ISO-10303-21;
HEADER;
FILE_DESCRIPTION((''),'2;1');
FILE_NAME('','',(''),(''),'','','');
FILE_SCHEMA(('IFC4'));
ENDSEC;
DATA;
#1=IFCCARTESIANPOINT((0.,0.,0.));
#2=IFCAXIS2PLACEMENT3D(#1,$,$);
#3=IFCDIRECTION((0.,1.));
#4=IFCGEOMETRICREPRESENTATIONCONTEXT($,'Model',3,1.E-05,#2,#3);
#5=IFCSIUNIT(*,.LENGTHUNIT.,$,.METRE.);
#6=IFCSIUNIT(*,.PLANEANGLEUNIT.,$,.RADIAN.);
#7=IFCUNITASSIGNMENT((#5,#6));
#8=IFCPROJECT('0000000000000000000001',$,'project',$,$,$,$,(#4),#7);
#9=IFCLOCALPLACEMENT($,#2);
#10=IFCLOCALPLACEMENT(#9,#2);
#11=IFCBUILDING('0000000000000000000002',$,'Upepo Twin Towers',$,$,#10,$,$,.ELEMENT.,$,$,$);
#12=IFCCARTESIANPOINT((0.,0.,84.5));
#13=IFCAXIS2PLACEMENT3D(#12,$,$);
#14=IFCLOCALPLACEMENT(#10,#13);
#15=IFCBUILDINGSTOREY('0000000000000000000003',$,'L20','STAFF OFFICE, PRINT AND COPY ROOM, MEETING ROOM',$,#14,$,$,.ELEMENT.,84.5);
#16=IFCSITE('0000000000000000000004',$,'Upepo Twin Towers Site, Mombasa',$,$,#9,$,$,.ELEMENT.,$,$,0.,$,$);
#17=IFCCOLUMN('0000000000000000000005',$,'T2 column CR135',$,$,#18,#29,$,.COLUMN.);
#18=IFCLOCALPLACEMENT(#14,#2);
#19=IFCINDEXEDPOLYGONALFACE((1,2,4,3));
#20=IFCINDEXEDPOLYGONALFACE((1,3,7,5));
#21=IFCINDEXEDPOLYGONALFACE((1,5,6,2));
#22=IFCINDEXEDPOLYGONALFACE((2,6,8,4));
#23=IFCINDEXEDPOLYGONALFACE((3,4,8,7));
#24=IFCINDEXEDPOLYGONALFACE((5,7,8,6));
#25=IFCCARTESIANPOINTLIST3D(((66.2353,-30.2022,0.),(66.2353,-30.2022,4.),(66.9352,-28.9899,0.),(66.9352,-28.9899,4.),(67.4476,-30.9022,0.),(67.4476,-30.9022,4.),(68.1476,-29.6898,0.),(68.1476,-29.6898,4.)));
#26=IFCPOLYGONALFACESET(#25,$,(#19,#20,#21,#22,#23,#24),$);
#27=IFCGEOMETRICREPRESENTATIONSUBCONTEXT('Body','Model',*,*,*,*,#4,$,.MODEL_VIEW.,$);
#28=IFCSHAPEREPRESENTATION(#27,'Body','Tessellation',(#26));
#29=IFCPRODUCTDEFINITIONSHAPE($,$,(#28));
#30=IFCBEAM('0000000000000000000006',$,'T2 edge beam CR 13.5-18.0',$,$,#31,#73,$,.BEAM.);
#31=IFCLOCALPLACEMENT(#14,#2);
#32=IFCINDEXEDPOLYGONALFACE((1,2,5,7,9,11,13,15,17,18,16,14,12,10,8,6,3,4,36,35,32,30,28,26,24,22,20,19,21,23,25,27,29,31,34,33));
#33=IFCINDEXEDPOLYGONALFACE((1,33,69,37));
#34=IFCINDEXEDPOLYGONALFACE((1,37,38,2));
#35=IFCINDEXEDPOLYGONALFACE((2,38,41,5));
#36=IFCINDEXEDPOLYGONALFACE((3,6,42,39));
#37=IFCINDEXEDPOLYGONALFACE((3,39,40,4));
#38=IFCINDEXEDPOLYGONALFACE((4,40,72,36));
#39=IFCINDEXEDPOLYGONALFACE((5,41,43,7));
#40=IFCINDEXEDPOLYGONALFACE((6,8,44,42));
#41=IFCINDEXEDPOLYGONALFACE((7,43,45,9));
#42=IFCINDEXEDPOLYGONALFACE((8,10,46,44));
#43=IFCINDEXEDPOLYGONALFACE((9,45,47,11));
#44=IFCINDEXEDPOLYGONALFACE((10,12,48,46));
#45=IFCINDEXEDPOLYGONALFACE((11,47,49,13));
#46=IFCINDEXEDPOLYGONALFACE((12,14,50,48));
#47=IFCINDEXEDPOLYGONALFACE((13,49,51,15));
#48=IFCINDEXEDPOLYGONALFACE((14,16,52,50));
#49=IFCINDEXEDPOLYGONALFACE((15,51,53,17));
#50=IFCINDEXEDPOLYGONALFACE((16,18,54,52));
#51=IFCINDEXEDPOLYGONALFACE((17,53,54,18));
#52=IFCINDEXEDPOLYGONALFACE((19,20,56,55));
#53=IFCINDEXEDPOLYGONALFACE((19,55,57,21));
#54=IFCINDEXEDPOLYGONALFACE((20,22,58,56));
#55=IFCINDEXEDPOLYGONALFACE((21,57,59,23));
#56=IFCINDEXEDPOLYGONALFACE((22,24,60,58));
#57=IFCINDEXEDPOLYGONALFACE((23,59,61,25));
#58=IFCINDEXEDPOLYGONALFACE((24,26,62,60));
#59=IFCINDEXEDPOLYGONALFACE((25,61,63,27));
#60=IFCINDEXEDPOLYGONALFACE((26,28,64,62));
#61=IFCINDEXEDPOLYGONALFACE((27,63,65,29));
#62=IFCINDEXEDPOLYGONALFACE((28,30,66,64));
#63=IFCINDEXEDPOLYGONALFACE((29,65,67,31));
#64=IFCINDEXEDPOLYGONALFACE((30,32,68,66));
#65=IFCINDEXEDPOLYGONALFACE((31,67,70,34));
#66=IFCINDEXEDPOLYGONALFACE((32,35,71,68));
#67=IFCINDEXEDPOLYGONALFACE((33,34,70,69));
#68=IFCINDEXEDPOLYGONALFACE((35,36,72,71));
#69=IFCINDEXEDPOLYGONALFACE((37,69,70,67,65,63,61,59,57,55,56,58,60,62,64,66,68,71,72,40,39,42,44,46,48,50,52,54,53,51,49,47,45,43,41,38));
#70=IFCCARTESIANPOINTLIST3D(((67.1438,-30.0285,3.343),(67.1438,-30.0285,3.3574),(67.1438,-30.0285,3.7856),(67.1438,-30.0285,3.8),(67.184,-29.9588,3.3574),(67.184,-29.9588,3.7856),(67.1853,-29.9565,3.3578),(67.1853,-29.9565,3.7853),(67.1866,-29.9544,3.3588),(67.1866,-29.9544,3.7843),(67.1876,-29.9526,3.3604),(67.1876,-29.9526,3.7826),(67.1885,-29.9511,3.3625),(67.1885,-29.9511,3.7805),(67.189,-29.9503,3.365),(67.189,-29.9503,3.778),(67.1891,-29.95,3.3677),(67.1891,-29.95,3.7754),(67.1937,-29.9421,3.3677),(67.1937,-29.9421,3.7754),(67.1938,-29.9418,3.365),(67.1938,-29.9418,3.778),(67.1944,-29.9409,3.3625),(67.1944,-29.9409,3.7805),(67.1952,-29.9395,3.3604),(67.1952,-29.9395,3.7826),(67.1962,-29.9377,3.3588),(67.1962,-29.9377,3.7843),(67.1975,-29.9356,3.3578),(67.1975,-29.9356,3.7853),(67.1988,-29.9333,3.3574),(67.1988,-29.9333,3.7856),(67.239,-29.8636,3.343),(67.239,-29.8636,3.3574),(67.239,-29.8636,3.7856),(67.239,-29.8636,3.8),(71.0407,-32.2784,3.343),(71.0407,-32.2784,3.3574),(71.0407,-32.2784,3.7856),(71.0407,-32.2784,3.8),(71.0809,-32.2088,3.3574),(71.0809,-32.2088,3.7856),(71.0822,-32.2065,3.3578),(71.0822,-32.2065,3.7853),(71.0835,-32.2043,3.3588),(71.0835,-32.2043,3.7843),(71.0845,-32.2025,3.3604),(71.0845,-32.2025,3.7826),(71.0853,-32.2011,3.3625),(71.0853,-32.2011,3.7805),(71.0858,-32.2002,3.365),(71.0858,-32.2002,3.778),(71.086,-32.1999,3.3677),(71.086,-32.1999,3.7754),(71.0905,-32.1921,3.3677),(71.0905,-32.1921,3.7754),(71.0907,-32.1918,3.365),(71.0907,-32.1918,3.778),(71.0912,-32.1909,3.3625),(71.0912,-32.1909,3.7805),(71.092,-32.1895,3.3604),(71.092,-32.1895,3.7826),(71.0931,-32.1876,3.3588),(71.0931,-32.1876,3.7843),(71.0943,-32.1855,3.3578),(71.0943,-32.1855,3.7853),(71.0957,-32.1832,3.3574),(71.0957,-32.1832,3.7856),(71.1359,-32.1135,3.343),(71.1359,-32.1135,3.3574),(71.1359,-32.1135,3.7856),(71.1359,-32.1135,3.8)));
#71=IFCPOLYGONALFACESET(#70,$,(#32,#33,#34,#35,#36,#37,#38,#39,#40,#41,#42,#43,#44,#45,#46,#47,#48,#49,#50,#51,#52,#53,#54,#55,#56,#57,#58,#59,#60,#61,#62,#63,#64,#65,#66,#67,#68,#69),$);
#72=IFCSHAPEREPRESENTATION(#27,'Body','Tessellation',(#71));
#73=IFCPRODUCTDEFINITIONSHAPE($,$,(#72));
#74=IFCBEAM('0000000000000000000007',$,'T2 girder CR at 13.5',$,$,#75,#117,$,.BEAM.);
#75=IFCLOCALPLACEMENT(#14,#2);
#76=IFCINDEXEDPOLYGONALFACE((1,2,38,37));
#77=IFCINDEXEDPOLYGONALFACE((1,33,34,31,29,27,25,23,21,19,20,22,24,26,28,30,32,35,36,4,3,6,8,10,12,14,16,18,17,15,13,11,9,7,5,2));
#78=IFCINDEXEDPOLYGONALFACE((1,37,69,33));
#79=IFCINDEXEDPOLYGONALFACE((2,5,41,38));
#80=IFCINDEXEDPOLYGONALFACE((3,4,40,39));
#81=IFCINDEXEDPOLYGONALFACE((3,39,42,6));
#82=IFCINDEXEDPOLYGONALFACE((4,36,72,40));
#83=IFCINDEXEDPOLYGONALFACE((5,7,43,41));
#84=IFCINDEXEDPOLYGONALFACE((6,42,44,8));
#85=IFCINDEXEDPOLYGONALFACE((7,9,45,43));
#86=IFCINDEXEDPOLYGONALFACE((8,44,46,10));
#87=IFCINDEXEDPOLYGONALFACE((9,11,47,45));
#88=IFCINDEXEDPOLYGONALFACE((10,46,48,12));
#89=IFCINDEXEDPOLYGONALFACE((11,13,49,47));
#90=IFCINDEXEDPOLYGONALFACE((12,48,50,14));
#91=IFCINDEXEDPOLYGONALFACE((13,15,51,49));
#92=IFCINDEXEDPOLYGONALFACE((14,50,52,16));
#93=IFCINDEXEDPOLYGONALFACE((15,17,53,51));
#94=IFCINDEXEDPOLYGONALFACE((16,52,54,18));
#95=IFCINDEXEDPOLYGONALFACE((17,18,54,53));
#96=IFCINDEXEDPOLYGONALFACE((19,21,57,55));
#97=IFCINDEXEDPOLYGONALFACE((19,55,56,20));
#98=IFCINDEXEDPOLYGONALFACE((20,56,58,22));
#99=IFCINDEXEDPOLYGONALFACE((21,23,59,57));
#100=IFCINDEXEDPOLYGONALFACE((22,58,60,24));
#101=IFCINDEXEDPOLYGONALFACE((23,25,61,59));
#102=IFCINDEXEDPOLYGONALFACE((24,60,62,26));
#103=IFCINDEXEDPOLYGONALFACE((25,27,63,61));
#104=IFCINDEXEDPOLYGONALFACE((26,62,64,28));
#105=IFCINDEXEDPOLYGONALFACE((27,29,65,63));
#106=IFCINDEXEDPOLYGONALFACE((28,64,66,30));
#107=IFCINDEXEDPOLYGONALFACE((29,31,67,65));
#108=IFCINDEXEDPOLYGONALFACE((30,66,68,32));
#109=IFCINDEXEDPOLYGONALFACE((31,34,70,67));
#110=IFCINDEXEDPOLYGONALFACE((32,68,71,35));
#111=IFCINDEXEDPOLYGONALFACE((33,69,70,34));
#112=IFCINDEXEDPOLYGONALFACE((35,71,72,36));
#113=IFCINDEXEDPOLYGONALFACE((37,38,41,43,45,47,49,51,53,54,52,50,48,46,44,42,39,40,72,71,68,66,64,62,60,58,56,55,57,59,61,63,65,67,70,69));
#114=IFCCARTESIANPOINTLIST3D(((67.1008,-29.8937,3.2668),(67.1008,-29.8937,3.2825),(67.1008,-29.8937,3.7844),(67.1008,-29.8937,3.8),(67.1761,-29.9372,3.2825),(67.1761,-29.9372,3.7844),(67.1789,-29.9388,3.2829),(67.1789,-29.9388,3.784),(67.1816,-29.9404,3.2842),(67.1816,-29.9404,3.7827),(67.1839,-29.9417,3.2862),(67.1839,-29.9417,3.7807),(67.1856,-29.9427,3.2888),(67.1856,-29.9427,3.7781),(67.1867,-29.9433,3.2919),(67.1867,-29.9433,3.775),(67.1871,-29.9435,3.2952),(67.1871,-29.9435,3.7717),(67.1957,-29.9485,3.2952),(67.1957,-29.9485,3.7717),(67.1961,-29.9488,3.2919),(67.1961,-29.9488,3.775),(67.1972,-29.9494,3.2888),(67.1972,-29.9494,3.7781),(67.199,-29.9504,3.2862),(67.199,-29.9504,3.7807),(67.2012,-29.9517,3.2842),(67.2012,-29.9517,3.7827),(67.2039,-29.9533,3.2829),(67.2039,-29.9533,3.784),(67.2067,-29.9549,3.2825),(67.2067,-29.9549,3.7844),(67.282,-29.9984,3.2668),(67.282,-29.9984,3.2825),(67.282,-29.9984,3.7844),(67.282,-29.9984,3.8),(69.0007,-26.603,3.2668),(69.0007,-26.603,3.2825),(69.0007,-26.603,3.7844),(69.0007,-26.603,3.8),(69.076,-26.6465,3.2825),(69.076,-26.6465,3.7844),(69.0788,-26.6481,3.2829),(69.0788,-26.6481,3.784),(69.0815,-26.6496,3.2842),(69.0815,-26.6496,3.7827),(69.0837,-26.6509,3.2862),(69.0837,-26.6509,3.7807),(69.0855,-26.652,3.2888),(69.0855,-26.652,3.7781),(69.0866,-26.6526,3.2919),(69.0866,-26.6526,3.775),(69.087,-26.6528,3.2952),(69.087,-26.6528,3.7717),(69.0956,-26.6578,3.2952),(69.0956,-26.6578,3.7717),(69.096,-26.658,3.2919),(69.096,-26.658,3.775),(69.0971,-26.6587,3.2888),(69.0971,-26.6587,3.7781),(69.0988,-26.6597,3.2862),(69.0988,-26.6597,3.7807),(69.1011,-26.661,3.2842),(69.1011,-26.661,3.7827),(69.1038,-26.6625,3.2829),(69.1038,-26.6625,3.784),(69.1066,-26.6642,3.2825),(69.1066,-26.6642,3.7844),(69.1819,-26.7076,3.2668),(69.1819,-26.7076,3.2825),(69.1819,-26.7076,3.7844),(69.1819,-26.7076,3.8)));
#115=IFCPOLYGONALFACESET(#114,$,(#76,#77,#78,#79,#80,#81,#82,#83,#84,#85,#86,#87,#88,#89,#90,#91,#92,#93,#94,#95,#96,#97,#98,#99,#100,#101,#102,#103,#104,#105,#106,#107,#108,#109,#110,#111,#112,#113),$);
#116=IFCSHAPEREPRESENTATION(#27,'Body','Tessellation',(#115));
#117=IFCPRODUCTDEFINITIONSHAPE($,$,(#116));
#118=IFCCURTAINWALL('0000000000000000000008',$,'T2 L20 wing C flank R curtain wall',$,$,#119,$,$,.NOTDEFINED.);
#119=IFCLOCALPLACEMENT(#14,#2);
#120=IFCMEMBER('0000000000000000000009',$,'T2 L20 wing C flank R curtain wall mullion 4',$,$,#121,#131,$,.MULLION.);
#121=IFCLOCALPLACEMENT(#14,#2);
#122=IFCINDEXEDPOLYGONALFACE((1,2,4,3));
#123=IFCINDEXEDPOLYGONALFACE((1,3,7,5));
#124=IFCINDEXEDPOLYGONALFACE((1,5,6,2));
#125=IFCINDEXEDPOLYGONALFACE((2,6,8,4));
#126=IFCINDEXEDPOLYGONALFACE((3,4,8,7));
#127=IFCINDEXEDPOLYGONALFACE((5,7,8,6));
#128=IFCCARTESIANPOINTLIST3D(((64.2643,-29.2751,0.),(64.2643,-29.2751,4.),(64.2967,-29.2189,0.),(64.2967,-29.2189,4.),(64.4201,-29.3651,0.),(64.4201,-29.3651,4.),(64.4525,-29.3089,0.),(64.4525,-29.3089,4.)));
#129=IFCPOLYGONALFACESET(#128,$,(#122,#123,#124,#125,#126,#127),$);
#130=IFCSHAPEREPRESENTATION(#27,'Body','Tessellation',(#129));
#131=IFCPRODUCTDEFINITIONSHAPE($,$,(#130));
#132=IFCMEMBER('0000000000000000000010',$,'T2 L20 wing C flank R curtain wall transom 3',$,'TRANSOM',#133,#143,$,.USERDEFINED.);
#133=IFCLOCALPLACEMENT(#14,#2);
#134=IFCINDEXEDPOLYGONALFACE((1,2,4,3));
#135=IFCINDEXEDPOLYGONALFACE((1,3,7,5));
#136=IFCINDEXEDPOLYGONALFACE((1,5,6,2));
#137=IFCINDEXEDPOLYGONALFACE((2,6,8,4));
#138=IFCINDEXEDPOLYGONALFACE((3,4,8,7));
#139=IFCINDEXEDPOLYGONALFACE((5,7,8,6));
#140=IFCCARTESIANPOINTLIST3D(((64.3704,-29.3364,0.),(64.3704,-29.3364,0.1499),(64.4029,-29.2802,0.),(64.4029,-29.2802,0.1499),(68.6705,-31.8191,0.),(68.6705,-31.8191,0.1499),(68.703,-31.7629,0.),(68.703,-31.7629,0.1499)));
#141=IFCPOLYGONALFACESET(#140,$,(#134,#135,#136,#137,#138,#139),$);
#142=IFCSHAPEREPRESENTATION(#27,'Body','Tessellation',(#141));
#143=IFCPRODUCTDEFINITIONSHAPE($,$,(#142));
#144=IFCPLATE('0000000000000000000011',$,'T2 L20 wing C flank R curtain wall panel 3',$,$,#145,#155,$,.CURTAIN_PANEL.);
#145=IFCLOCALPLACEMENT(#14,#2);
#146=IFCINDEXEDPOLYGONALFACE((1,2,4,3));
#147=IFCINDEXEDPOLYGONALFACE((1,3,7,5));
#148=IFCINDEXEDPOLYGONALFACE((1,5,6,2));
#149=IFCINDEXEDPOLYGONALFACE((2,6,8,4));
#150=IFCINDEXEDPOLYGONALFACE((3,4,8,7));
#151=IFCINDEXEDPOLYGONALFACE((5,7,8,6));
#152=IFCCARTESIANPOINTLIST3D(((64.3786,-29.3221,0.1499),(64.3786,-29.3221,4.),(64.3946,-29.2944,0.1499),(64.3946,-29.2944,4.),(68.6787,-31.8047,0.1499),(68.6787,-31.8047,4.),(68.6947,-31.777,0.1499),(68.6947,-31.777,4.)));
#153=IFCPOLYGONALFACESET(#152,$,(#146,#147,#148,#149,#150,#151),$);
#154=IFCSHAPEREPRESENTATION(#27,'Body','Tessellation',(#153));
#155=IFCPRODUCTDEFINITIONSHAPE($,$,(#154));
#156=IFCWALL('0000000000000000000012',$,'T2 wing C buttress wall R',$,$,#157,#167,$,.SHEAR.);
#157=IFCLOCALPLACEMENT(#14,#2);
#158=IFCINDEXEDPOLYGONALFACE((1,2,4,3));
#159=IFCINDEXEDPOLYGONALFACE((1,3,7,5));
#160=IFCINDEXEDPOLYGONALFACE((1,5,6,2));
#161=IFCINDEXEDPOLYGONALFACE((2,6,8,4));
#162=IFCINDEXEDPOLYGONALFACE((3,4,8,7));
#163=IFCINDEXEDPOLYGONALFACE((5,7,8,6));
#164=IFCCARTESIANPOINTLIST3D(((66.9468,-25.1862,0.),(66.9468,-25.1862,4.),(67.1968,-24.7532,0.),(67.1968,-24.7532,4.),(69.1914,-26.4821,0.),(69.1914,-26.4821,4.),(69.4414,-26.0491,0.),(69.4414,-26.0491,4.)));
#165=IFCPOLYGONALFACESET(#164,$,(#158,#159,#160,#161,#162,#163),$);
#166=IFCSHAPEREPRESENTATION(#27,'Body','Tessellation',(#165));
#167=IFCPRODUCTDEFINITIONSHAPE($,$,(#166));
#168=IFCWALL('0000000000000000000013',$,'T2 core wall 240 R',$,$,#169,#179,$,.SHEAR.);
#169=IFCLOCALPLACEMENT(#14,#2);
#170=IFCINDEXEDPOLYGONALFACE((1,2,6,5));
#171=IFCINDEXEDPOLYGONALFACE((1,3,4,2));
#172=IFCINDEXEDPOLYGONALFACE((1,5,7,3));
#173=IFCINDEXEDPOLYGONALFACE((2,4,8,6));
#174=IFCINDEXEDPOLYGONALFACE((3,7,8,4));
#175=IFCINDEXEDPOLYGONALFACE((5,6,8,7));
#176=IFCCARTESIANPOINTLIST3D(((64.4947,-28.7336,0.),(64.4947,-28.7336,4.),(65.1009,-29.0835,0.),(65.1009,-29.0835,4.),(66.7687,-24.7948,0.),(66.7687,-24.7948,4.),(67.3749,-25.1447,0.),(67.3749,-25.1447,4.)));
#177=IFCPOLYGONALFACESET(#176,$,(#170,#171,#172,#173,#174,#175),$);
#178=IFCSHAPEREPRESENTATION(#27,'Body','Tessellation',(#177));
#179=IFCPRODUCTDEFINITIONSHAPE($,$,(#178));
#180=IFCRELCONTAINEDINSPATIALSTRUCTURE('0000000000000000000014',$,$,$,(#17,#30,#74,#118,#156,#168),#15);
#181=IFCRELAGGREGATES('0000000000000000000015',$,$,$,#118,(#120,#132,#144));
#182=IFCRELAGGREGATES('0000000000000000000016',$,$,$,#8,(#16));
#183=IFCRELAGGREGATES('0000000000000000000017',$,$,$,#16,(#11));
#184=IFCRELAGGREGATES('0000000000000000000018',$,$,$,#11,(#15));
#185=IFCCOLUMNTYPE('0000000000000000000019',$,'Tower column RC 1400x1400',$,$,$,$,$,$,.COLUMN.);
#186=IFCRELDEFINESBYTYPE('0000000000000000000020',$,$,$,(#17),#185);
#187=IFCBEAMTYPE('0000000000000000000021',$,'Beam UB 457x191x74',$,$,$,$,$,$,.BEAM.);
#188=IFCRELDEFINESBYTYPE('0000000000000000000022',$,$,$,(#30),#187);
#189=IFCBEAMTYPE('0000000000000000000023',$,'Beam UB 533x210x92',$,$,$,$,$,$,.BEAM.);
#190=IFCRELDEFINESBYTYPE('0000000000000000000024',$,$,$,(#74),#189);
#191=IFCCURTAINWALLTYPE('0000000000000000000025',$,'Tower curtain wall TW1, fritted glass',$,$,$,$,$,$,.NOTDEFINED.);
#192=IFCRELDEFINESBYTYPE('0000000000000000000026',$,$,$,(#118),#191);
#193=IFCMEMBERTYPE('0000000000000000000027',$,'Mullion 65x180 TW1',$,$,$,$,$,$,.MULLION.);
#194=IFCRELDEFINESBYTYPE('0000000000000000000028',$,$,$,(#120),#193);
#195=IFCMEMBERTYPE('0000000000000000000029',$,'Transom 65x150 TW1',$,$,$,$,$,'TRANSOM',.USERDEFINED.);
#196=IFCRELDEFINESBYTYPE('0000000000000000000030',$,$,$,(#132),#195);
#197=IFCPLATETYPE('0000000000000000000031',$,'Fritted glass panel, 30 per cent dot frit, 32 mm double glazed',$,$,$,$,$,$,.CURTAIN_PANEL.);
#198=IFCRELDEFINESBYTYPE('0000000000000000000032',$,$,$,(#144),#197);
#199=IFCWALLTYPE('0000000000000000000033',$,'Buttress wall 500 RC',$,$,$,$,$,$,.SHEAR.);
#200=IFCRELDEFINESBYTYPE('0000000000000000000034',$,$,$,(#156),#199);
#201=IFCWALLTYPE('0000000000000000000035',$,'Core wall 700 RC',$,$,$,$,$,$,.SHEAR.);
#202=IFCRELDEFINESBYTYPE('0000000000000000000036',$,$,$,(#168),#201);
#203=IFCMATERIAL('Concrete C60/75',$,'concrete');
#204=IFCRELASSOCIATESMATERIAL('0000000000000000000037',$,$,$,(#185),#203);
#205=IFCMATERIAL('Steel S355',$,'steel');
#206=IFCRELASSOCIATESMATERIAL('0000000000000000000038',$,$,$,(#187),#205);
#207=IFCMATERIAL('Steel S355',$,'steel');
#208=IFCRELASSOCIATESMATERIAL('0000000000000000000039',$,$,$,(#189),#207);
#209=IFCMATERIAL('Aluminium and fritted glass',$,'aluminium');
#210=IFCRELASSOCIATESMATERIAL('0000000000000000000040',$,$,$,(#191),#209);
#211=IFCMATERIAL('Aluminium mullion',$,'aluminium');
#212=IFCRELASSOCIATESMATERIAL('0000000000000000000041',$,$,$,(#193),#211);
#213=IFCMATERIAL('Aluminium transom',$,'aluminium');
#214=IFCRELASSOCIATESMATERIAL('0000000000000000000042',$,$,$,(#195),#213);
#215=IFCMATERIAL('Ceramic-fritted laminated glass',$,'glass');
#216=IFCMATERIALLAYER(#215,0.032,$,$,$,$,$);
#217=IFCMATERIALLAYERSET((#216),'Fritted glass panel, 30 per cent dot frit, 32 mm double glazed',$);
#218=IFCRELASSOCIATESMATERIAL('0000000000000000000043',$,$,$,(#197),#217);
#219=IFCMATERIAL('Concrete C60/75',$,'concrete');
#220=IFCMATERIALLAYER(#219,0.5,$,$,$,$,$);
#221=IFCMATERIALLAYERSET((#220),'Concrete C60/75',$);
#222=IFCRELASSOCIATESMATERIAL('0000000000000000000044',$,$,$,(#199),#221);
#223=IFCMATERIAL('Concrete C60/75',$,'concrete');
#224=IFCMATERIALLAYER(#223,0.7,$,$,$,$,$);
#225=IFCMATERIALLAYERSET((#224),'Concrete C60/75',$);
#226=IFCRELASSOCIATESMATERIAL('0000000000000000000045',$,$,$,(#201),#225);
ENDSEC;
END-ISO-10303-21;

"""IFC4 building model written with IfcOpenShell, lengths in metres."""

from ifc_helpers import new_model, si_unit, direction, frame, frame_2d, origin, origin_2d, place, context, subcontext, project, spatial, rectangle, i_section, extrude, material, layer, layer_set, material_profile, profile_set, type_object, element, aggregate, save


model = new_model("IFC4")

# Units and contexts
model_context = context("Model", 3, precision=1e-05, world=origin(), true_north=direction((0.0, 1.0)))
body_context = subcontext(model_context, "Body", "Model", "MODEL_VIEW")
ifc_project = project(units=[si_unit("LENGTHUNIT", "METRE"), si_unit("PLANEANGLEUNIT", "RADIAN")], contexts=[model_context])

# Site, building, storey
site_placement = place(None, origin())
site = spatial("IfcSite", under=ifc_project, at=site_placement, Name="Upepo Twin Towers Site, Mombasa", CompositionType="ELEMENT", RefElevation=0.0)
building_placement = place(site_placement, origin())
building = spatial("IfcBuilding", under=site, at=building_placement, Name="Upepo Twin Towers", CompositionType="ELEMENT")
storey_placement = place(building_placement, frame((0.0, 0.0, 84.5)))
storey = spatial("IfcBuildingStorey", under=building, at=storey_placement, Name="L20", Description="STAFF OFFICE, PRINT AND COPY ROOM, MEETING ROOM", CompositionType="ELEMENT", Elevation=84.5)

# Column
ifc_material_1 = material(Name="Concrete C60/75", Category="concrete")
ifc_material_profile_1 = material_profile(ifc_material_1, rectangle(XDim=1.3999, YDim=1.3999, at=origin_2d()), Name="RC 1400x1400")
ifc_profile_set_1 = profile_set([ifc_material_profile_1], Name="Concrete C60/75")
column_type = type_object("IfcColumnType", Name="Tower column RC 1400x1400", PredefinedType="COLUMN", material=ifc_profile_set_1)
column_placement = place(storey_placement, frame((67.1914, -29.946, 0.0), z_axis=(0.0, 0.0, 1.0), x_axis=(0.5, 0.866025, 0.0)))
element("IfcColumn", 1, at=column_placement, inside=storey, type_object=column_type, Name="T2 column CR135", PredefinedType="COLUMN", context=body_context, shape_type="SweptSolid", body=[
    extrude(rectangle(XDim=1.3999, YDim=1.3999, at=origin_2d()), origin(), (0.0, 0.0, 1.0), 4.0),
])

# Beams
ifc_material_2 = material(Name="Steel S355", Category="steel")
ifc_material_profile_2 = material_profile(ifc_material_2, i_section(OverallWidth=0.1904, OverallDepth=0.457, WebThickness=0.009, FlangeThickness=0.0144, FilletRadius=0.0103, at=origin_2d()), Name="UB 457x191x74")
ifc_profile_set_2 = profile_set([ifc_material_profile_2], Name="Steel S355")
beam_type_1 = type_object("IfcBeamType", Name="Beam UB 457x191x74", PredefinedType="BEAM", material=ifc_profile_set_2)
beam_1_placement = place(storey_placement, frame((67.1914, -29.946, 3.5715), z_axis=(0.866018, -0.500014, 0.0), x_axis=(0.500014, 0.866018, 0.0)))
element("IfcBeam", 2, at=beam_1_placement, inside=storey, type_object=beam_type_1, Name="T2 edge beam CR 13.5-18.0", PredefinedType="BEAM", context=body_context, shape_type="SweptSolid", body=[
    extrude(i_section(OverallWidth=0.1904, OverallDepth=0.457, WebThickness=0.009, FlangeThickness=0.0144, FilletRadius=0.0103, at=origin_2d()), origin(), (0.0, 0.0, 1.0), 4.4998),
])
ifc_material_3 = material(Name="Steel S355", Category="steel")
ifc_material_profile_3 = material_profile(ifc_material_3, i_section(OverallWidth=0.2092, OverallDepth=0.5332, WebThickness=0.01, FlangeThickness=0.0156, FilletRadius=0.0127, at=origin_2d()), Name="UB 533x210x92")
ifc_profile_set_3 = profile_set([ifc_material_profile_3], Name="Steel S355")
beam_type_2 = type_object("IfcBeamType", Name="Beam UB 533x210x92", PredefinedType="BEAM", material=ifc_profile_set_3)
beam_2_placement = place(storey_placement, frame((67.1914, -29.946, 3.5334), z_axis=(0.499995, 0.866028, 0.0), x_axis=(-0.866028, 0.499995, 0.0)))
element("IfcBeam", 3, at=beam_2_placement, inside=storey, type_object=beam_type_2, Name="T2 girder CR at 13.5", PredefinedType="BEAM", context=body_context, shape_type="SweptSolid", body=[
    extrude(i_section(OverallWidth=0.2092, OverallDepth=0.5332, WebThickness=0.01, FlangeThickness=0.0156, FilletRadius=0.0127, at=origin_2d()), origin(), (0.0, 0.0, 1.0), 3.7998),
])

# Curtain wall, members, plate
ifc_material_4 = material(Name="Aluminium and fritted glass", Category="aluminium")
curtain_wall_type = type_object("IfcCurtainWallType", Name="Tower curtain wall TW1, fritted glass", PredefinedType="NOTDEFINED", material=ifc_material_4)
curtain_wall_placement = place(storey_placement, origin())
curtain_wall = element("IfcCurtainWall", 4, at=curtain_wall_placement, inside=storey, type_object=curtain_wall_type, Name="T2 L20 wing C flank R curtain wall", PredefinedType="NOTDEFINED")
ifc_material_5 = material(Name="Aluminium mullion", Category="aluminium")
ifc_material_profile_4 = material_profile(ifc_material_5, rectangle(XDim=0.0649, YDim=0.1799, at=origin_2d()), Name="MULLION 65x180")
ifc_profile_set_4 = profile_set([ifc_material_profile_4], Name="Aluminium mullion")
member_type_1 = type_object("IfcMemberType", Name="Mullion 65x180 TW1", PredefinedType="MULLION", material=ifc_profile_set_4)
member_1_placement = place(storey_placement, frame((64.3584, -29.292, 0.0), z_axis=(0.0, 0.0, 1.0), x_axis=(-0.5, -0.866025, 0.0)))
member_1 = element("IfcMember", 5, at=member_1_placement, type_object=member_type_1, Name="T2 L20 wing C flank R curtain wall mullion 4", PredefinedType="MULLION", context=body_context, shape_type="SweptSolid", body=[
    extrude(rectangle(XDim=0.0649, YDim=0.1799, at=origin_2d()), origin(), (0.0, 0.0, 1.0), 4.0),
])
ifc_material_6 = material(Name="Aluminium transom", Category="aluminium")
ifc_material_profile_5 = material_profile(ifc_material_6, rectangle(XDim=0.0649, YDim=0.1499, at=origin_2d()), Name="TRANSOM 65x150")
ifc_profile_set_5 = profile_set([ifc_material_profile_5], Name="Aluminium transom")
member_type_2 = type_object("IfcMemberType", Name="Transom 65x150 TW1", ElementType="TRANSOM", PredefinedType="USERDEFINED", material=ifc_profile_set_5)
member_2_placement = place(storey_placement, frame((68.6868, -31.791, 0.075), z_axis=(-0.866023, 0.500005, 0.0), x_axis=(-0.500005, -0.866023, 0.0)))
member_2 = element("IfcMember", 6, at=member_2_placement, type_object=member_type_2, Name="T2 L20 wing C flank R curtain wall transom 3", ObjectType="TRANSOM", PredefinedType="USERDEFINED", context=body_context, shape_type="SweptSolid", body=[
    extrude(rectangle(XDim=0.0649, YDim=0.1499, at=origin_2d()), origin(), (0.0, 0.0, 1.0), 4.9653),
])
ifc_material_7 = material(Name="Ceramic-fritted laminated glass", Category="glass")
ifc_layer_1 = layer(ifc_material_7, 0.032)
ifc_layer_set_1 = layer_set([ifc_layer_1], Name="Fritted glass panel, 30 per cent dot frit, 32 mm double glazed")
plate_type = type_object("IfcPlateType", Name="Fritted glass panel, 30 per cent dot frit, 32 mm double glazed", PredefinedType="CURTAIN_PANEL", material=ifc_layer_set_1)
plate_placement = place(storey_placement, frame((66.5366, -30.5496, 0.1499), z_axis=(0.0, 0.0, 1.0), x_axis=(-0.866025, 0.5, 0.0)))
plate = element("IfcPlate", 7, at=plate_placement, type_object=plate_type, Name="T2 L20 wing C flank R curtain wall panel 3", PredefinedType="CURTAIN_PANEL", context=body_context, shape_type="SweptSolid", body=[
    extrude(rectangle(XDim=4.9653, YDim=0.032, at=origin_2d()), origin(), (0.0, 0.0, 1.0), 3.8501),
])
aggregate(curtain_wall, [member_1, member_2, plate])

# Walls
ifc_material_8 = material(Name="Concrete C60/75", Category="concrete")
ifc_layer_2 = layer(ifc_material_8, 0.5)
ifc_layer_set_2 = layer_set([ifc_layer_2], Name="Concrete C60/75")
wall_type_1 = type_object("IfcWallType", Name="Buttress wall 500 RC", PredefinedType="SHEAR", material=ifc_layer_set_2)
wall_1_placement = place(storey_placement, frame((67.0718, -24.9697, 0.0), z_axis=(0.0, 0.0, 1.0), x_axis=(0.866032, -0.499989, 0.0)))
element("IfcWall", 8, at=wall_1_placement, inside=storey, type_object=wall_type_1, Name="T2 wing C buttress wall R", PredefinedType="SHEAR", context=body_context, shape_type="SweptSolid", body=[
    extrude(rectangle(XDim=2.5918, YDim=0.5, at=frame_2d((1.2959, 0.0))), origin(), (0.0, 0.0, 1.0), 4.0),
])
ifc_material_9 = material(Name="Concrete C60/75", Category="concrete")
ifc_layer_3 = layer(ifc_material_9, 0.7)
ifc_layer_set_3 = layer_set([ifc_layer_3], Name="Concrete C60/75")
wall_type_2 = type_object("IfcWallType", Name="Core wall 700 RC", PredefinedType="SHEAR", material=ifc_layer_set_3)
wall_2_placement = place(storey_placement, frame((64.7979, -28.9084, 0.0), z_axis=(0.0, 0.0, 1.0), x_axis=(0.499984, 0.866035, 0.0)))
element("IfcWall", 9, at=wall_2_placement, inside=storey, type_object=wall_type_2, Name="T2 core wall 240 R", PredefinedType="SHEAR", context=body_context, shape_type="SweptSolid", body=[
    extrude(rectangle(XDim=4.5481, YDim=0.7, at=frame_2d((2.2739, 0.0))), origin(), (0.0, 0.0, 1.0), 4.0),
])

save(model, "model.ifc")
